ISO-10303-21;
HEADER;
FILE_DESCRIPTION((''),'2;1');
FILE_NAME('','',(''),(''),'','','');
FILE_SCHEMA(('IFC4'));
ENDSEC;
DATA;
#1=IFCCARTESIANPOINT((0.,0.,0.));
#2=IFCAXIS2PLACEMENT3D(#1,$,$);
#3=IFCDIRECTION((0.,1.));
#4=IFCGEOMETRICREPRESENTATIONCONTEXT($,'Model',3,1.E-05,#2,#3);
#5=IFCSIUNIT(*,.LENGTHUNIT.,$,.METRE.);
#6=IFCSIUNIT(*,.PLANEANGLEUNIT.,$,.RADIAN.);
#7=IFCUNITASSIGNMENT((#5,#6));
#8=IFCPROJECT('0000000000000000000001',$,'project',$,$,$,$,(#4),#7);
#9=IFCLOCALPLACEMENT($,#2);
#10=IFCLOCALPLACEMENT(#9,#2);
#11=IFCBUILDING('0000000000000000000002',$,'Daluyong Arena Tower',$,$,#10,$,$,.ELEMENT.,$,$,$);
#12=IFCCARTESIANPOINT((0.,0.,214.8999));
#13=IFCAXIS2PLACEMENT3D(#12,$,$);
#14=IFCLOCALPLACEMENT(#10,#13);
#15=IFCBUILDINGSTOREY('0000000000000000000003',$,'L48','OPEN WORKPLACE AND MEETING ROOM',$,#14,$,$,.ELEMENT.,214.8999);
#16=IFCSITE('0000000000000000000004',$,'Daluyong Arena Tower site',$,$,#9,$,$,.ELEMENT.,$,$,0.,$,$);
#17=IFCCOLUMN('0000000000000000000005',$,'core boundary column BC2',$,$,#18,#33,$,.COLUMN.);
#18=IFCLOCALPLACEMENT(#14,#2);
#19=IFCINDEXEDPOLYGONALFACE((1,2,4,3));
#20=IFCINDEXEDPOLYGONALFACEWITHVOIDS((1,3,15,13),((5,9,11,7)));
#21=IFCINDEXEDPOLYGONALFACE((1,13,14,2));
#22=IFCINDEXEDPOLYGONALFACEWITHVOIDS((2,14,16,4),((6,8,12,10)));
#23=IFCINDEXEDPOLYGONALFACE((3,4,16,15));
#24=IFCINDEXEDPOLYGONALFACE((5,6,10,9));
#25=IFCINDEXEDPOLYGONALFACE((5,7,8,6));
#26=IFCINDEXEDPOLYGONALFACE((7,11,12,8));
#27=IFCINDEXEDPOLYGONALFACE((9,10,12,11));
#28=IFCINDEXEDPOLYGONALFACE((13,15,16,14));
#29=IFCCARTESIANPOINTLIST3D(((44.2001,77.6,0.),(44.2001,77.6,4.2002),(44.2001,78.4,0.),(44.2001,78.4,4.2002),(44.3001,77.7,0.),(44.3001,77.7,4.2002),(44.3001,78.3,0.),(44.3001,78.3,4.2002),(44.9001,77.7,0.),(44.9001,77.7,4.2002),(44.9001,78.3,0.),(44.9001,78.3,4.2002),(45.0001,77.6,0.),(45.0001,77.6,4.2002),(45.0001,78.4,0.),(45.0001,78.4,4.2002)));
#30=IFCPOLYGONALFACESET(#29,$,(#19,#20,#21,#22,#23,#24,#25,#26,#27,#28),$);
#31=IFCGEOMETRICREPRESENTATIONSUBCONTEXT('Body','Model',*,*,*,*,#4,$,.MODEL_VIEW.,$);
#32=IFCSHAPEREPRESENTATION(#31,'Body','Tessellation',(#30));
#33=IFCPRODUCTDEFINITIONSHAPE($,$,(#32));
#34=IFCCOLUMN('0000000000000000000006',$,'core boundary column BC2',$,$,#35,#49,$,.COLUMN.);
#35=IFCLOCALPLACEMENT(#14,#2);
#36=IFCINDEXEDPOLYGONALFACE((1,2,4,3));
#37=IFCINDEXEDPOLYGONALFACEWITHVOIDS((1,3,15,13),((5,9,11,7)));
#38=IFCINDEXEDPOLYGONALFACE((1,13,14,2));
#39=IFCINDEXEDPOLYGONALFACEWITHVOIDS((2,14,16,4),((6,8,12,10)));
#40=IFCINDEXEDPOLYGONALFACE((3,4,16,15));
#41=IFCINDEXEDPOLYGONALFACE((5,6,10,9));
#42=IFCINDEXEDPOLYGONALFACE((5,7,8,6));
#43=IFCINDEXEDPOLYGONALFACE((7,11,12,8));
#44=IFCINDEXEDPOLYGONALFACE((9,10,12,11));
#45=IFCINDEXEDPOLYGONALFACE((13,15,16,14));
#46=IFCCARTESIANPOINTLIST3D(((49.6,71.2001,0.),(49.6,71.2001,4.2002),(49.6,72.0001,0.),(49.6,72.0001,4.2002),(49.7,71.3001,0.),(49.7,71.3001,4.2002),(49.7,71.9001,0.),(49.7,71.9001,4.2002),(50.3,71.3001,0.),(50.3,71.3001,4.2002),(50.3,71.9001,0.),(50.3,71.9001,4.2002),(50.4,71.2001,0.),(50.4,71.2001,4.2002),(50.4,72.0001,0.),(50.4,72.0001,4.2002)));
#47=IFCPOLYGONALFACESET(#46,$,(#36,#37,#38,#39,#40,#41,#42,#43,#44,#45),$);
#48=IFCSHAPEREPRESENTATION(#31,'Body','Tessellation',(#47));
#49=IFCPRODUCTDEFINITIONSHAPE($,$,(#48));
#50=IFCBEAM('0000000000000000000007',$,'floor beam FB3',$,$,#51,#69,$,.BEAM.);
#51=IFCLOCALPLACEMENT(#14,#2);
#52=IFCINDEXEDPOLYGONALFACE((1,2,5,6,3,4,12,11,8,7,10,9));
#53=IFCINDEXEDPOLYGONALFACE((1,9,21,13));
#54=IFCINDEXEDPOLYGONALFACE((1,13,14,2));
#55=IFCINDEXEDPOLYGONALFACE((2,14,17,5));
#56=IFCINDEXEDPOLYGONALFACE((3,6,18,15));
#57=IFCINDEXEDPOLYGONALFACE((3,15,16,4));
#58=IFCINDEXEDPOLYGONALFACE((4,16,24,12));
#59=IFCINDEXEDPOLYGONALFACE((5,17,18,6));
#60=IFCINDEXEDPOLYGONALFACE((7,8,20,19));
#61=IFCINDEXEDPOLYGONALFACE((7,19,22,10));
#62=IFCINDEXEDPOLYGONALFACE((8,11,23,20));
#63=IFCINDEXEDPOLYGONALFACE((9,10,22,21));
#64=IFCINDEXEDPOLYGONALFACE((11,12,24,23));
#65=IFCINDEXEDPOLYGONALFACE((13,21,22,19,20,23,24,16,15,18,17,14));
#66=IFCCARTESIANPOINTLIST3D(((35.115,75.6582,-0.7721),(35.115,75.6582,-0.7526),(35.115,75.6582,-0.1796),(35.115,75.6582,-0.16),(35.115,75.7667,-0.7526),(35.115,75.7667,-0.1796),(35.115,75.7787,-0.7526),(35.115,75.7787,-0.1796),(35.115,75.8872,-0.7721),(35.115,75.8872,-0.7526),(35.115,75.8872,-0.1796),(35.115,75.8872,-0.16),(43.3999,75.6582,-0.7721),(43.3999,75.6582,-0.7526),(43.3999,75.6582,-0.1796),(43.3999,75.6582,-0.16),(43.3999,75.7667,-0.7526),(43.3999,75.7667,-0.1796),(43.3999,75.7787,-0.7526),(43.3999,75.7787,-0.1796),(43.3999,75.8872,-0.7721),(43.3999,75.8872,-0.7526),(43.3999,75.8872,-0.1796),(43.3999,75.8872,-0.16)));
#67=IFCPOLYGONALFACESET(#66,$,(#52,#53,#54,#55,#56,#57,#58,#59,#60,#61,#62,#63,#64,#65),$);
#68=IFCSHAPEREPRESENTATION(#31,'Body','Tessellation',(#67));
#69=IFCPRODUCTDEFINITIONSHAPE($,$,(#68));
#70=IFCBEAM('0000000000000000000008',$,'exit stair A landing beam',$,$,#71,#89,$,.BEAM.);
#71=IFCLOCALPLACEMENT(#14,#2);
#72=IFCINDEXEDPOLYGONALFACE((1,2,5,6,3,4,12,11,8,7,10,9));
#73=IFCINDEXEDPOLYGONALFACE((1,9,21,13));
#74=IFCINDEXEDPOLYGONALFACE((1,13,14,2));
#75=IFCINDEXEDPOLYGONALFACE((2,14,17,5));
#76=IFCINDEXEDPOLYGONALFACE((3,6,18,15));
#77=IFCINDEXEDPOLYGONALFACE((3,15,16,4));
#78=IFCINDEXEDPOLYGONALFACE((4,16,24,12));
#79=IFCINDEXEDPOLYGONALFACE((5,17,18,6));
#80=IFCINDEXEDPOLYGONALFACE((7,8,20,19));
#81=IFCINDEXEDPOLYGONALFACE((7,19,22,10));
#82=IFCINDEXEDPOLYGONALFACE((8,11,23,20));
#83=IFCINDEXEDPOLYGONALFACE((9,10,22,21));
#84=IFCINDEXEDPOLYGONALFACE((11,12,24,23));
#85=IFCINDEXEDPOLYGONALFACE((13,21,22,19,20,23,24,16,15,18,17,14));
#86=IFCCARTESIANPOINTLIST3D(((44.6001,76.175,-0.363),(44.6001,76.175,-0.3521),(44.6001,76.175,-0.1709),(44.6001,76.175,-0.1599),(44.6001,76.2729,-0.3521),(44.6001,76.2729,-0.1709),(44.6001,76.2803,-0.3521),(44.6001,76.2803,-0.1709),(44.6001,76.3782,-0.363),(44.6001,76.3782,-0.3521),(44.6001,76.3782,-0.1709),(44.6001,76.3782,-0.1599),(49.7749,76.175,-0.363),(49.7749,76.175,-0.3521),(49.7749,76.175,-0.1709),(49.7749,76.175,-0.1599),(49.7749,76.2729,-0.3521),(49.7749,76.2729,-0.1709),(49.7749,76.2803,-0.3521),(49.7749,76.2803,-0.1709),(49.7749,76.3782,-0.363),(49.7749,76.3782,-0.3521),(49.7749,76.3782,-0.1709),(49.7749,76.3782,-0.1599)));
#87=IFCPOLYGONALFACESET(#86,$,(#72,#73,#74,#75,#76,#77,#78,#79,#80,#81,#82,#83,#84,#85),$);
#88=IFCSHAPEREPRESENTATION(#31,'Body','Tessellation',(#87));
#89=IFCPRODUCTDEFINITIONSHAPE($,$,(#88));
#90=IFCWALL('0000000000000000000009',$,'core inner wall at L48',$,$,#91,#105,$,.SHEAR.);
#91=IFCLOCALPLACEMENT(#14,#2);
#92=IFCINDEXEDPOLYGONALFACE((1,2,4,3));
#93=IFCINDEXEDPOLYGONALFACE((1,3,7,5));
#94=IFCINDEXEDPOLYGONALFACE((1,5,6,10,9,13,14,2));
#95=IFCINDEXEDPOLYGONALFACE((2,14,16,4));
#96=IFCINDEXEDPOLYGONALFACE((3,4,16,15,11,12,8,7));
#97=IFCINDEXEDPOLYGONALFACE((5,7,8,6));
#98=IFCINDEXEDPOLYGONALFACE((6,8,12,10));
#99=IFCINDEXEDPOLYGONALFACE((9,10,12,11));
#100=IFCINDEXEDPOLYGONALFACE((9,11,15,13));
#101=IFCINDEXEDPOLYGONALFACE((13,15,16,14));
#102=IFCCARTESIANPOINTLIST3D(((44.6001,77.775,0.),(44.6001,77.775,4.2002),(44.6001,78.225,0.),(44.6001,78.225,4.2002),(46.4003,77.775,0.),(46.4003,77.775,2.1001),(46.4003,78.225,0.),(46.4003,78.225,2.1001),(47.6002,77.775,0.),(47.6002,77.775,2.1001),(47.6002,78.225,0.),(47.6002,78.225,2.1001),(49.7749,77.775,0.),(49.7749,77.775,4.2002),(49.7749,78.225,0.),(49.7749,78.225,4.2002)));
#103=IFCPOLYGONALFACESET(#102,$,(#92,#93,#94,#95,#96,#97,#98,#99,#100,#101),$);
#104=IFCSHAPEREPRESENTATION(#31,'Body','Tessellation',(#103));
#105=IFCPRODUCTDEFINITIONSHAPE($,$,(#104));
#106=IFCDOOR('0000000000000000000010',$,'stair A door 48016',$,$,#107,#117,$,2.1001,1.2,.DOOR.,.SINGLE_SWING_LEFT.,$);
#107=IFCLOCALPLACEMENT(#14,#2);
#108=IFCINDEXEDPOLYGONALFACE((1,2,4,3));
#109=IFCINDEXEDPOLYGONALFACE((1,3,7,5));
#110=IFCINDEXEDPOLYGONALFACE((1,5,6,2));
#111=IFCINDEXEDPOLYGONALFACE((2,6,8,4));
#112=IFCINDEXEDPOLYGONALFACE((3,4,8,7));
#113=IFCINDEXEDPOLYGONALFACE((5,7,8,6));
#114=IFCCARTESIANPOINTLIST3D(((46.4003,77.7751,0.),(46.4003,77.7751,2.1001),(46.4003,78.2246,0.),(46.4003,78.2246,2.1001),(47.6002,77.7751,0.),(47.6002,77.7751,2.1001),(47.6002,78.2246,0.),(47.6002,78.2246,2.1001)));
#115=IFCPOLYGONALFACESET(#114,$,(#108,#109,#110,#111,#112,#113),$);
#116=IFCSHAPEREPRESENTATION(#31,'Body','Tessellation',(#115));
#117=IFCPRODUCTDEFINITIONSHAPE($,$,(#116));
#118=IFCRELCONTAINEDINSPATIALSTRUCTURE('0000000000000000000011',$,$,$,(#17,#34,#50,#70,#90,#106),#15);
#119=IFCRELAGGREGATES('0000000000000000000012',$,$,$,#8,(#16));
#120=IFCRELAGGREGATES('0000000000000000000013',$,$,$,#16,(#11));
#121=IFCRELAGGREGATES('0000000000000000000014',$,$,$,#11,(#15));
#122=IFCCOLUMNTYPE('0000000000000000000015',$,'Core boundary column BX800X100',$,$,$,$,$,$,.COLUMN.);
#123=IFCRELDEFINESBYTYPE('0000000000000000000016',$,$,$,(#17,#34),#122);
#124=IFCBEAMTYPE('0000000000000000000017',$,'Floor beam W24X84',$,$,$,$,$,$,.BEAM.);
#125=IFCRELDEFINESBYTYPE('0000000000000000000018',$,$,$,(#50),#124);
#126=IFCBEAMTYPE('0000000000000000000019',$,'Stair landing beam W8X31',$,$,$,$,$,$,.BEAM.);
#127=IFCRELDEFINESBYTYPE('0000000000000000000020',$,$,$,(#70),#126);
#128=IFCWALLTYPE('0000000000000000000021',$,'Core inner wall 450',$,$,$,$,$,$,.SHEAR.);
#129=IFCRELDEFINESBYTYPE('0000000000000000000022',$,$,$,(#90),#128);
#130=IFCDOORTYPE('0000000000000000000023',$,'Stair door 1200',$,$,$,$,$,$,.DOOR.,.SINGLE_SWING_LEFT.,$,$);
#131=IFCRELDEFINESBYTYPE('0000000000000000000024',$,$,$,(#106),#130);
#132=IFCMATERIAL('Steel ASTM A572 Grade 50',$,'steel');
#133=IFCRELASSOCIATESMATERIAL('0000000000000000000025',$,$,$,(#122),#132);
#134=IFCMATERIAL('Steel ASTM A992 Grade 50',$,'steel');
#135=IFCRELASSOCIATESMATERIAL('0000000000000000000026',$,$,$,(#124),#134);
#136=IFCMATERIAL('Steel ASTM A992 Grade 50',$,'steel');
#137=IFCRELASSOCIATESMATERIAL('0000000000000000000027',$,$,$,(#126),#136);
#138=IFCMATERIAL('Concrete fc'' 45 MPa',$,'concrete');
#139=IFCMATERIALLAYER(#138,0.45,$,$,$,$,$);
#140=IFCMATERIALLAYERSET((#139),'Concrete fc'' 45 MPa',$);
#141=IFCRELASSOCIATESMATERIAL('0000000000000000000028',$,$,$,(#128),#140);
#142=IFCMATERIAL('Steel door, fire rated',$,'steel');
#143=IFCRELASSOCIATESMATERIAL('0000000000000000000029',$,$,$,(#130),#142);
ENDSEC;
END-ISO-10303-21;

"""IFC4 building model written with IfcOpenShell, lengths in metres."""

from ifc_helpers import new_model, si_unit, direction, frame, frame_2d, origin, origin_2d, place, context, subcontext, project, spatial, rectangle, hollow_rectangle, i_section, extrude, material, layer, layer_set, material_profile, profile_set, type_object, element, fill, save


model = new_model("IFC4")

# Units and contexts
model_context = context("Model", 3, precision=1e-05, world=origin(), true_north=direction((0.0, 1.0)))
body_context = subcontext(model_context, "Body", "Model", "MODEL_VIEW")
ifc_project = project(units=[si_unit("LENGTHUNIT", "METRE"), si_unit("PLANEANGLEUNIT", "RADIAN")], contexts=[model_context])

# Site, building, storey
site_placement = place(None, origin())
site = spatial("IfcSite", under=ifc_project, at=site_placement, Name="Daluyong Arena Tower site", CompositionType="ELEMENT", RefElevation=0.0)
building_placement = place(site_placement, origin())
building = spatial("IfcBuilding", under=site, at=building_placement, Name="Daluyong Arena Tower", CompositionType="ELEMENT")
storey_placement = place(building_placement, frame((0.0, 0.0, 214.8999)))
storey = spatial("IfcBuildingStorey", under=building, at=storey_placement, Name="L48", Description="OPEN WORKPLACE AND MEETING ROOM", CompositionType="ELEMENT", Elevation=214.8999)

# Columns
ifc_material_1 = material(Name="Steel ASTM A572 Grade 50", Category="steel")
ifc_material_profile_1 = material_profile(ifc_material_1, hollow_rectangle(XDim=0.8, YDim=0.8, WallThickness=0.1, at=origin_2d()))
ifc_profile_set_1 = profile_set([ifc_material_profile_1], Name="Steel ASTM A572 Grade 50")
column_type = type_object("IfcColumnType", Name="Core boundary column BX800X100", PredefinedType="COLUMN", material=ifc_profile_set_1)
for number, where, z_axis, x_axis, name in (
    (1, (44.6001, 78.0, 0.0), (0.0, 0.0, 1.0), (1.0, 0.0, 0.0), "core boundary column BC2"),
    (2, (50.0, 71.6001, 0.0), (0.0, 0.0, 1.0), (1.0, 0.0, 0.0), "core boundary column BC2"),
):
    element("IfcColumn", number, at=place(storey_placement, frame(where, z_axis=z_axis, x_axis=x_axis)), inside=storey, type_object=column_type, Name=name, PredefinedType="COLUMN", context=body_context, shape_type="SweptSolid", body=[
        extrude(hollow_rectangle(XDim=0.8, YDim=0.8, WallThickness=0.1, at=origin_2d()), origin(), (0.0, 0.0, 1.0), 4.2002),
    ])

# Beams
ifc_material_2 = material(Name="Steel ASTM A992 Grade 50", Category="steel")
ifc_material_profile_2 = material_profile(ifc_material_2, i_section(OverallWidth=0.229, OverallDepth=0.6121, WebThickness=0.012, FlangeThickness=0.0195, at=origin_2d()))
ifc_profile_set_2 = profile_set([ifc_material_profile_2], Name="Steel ASTM A992 Grade 50")
beam_type_1 = type_object("IfcBeamType", Name="Floor beam W24X84", PredefinedType="BEAM", material=ifc_profile_set_2)
beam_1_placement = place(storey_placement, frame((35.115, 75.7727, -0.4661), z_axis=(1.0, 0.0, 0.0), x_axis=(0.0, 1.0, 0.0)))
element("IfcBeam", 3, at=beam_1_placement, inside=storey, type_object=beam_type_1, Name="floor beam FB3", PredefinedType="BEAM", context=body_context, shape_type="SweptSolid", body=[
    extrude(i_section(OverallWidth=0.229, OverallDepth=0.6121, WebThickness=0.012, FlangeThickness=0.0195, at=origin_2d()), origin(), (0.0, 0.0, 1.0), 8.2849),
])
ifc_material_3 = material(Name="Steel ASTM A992 Grade 50", Category="steel")
ifc_material_profile_3 = material_profile(ifc_material_3, i_section(OverallWidth=0.2031, OverallDepth=0.2031, WebThickness=0.0073, FlangeThickness=0.011, at=origin_2d()))
ifc_profile_set_3 = profile_set([ifc_material_profile_3], Name="Steel ASTM A992 Grade 50")
beam_type_2 = type_object("IfcBeamType", Name="Stair landing beam W8X31", PredefinedType="BEAM", material=ifc_profile_set_3)
beam_2_placement = place(storey_placement, frame((44.6001, 76.2766, -0.2615), z_axis=(1.0, 0.0, 0.0), x_axis=(0.0, 1.0, 0.0)))
element("IfcBeam", 4, at=beam_2_placement, inside=storey, type_object=beam_type_2, Name="exit stair A landing beam", PredefinedType="BEAM", context=body_context, shape_type="SweptSolid", body=[
    extrude(i_section(OverallWidth=0.2031, OverallDepth=0.2031, WebThickness=0.0073, FlangeThickness=0.011, at=origin_2d()), origin(), (0.0, 0.0, 1.0), 5.1748),
])

# Wall, opening, door
ifc_material_4 = material(Name="Concrete fc' 45 MPa", Category="concrete")
ifc_layer_1 = layer(ifc_material_4, 0.45)
ifc_layer_set_1 = layer_set([ifc_layer_1], Name="Concrete fc' 45 MPa")
wall_type_1 = type_object("IfcWallType", Name="Core inner wall 450", PredefinedType="SHEAR", material=ifc_layer_set_1)
wall_1_placement = place(storey_placement, frame((44.6001, 78.0, 0.0), z_axis=(0.0, 0.0, 1.0), x_axis=(1.0, 0.0, 0.0)))
wall_1 = element("IfcWall", 5, at=wall_1_placement, inside=storey, type_object=wall_type_1, Name="core inner wall at L48", PredefinedType="SHEAR", context=body_context, shape_type="SweptSolid", body=[
    extrude(rectangle(XDim=5.1748, YDim=0.45, at=frame_2d((2.5874, 0.0))), origin(), (0.0, 0.0, 1.0), 4.2002),
])
opening_1_placement = place(wall_1_placement, frame((1.8, 0.0, 0.0)))
opening_1 = element("IfcOpeningElement", 6, at=opening_1_placement, cuts=wall_1, PredefinedType="OPENING", context=body_context, shape_type="SweptSolid", body=[
    extrude(rectangle(XDim=1.2, YDim=2.1001, at=frame_2d((0.6001, 1.05))), frame((0.0, 0.2349, 0.0), z_axis=(0.0, -1.0, 0.0), x_axis=(1.0, 0.0, 0.0)), (0.0, 0.0, 1.0), 0.47),
])
ifc_material_5 = material(Name="Steel door, fire rated", Category="steel")
door_type_1 = type_object("IfcDoorType", Name="Stair door 1200", OperationType="SINGLE_SWING_LEFT", PredefinedType="DOOR", material=ifc_material_5)
door_1_placement = place(opening_1_placement, origin())
door_1 = element("IfcDoor", 7, at=door_1_placement, inside=storey, type_object=door_type_1, Name="stair A door 48016", OperationType="SINGLE_SWING_LEFT", OverallHeight=2.1001, OverallWidth=1.2, PredefinedType="DOOR", context=body_context, shape_type="SweptSolid", body=[
    extrude(rectangle(XDim=1.2, YDim=2.1001, at=frame_2d((0.6001, 1.05))), frame((0.0, 0.2246, 0.0), z_axis=(0.0, -1.0, 0.0), x_axis=(1.0, 0.0, 0.0)), (0.0, 0.0, 1.0), 0.4495),
])
fill(opening_1, door_1)

save(model, "model.ifc")
